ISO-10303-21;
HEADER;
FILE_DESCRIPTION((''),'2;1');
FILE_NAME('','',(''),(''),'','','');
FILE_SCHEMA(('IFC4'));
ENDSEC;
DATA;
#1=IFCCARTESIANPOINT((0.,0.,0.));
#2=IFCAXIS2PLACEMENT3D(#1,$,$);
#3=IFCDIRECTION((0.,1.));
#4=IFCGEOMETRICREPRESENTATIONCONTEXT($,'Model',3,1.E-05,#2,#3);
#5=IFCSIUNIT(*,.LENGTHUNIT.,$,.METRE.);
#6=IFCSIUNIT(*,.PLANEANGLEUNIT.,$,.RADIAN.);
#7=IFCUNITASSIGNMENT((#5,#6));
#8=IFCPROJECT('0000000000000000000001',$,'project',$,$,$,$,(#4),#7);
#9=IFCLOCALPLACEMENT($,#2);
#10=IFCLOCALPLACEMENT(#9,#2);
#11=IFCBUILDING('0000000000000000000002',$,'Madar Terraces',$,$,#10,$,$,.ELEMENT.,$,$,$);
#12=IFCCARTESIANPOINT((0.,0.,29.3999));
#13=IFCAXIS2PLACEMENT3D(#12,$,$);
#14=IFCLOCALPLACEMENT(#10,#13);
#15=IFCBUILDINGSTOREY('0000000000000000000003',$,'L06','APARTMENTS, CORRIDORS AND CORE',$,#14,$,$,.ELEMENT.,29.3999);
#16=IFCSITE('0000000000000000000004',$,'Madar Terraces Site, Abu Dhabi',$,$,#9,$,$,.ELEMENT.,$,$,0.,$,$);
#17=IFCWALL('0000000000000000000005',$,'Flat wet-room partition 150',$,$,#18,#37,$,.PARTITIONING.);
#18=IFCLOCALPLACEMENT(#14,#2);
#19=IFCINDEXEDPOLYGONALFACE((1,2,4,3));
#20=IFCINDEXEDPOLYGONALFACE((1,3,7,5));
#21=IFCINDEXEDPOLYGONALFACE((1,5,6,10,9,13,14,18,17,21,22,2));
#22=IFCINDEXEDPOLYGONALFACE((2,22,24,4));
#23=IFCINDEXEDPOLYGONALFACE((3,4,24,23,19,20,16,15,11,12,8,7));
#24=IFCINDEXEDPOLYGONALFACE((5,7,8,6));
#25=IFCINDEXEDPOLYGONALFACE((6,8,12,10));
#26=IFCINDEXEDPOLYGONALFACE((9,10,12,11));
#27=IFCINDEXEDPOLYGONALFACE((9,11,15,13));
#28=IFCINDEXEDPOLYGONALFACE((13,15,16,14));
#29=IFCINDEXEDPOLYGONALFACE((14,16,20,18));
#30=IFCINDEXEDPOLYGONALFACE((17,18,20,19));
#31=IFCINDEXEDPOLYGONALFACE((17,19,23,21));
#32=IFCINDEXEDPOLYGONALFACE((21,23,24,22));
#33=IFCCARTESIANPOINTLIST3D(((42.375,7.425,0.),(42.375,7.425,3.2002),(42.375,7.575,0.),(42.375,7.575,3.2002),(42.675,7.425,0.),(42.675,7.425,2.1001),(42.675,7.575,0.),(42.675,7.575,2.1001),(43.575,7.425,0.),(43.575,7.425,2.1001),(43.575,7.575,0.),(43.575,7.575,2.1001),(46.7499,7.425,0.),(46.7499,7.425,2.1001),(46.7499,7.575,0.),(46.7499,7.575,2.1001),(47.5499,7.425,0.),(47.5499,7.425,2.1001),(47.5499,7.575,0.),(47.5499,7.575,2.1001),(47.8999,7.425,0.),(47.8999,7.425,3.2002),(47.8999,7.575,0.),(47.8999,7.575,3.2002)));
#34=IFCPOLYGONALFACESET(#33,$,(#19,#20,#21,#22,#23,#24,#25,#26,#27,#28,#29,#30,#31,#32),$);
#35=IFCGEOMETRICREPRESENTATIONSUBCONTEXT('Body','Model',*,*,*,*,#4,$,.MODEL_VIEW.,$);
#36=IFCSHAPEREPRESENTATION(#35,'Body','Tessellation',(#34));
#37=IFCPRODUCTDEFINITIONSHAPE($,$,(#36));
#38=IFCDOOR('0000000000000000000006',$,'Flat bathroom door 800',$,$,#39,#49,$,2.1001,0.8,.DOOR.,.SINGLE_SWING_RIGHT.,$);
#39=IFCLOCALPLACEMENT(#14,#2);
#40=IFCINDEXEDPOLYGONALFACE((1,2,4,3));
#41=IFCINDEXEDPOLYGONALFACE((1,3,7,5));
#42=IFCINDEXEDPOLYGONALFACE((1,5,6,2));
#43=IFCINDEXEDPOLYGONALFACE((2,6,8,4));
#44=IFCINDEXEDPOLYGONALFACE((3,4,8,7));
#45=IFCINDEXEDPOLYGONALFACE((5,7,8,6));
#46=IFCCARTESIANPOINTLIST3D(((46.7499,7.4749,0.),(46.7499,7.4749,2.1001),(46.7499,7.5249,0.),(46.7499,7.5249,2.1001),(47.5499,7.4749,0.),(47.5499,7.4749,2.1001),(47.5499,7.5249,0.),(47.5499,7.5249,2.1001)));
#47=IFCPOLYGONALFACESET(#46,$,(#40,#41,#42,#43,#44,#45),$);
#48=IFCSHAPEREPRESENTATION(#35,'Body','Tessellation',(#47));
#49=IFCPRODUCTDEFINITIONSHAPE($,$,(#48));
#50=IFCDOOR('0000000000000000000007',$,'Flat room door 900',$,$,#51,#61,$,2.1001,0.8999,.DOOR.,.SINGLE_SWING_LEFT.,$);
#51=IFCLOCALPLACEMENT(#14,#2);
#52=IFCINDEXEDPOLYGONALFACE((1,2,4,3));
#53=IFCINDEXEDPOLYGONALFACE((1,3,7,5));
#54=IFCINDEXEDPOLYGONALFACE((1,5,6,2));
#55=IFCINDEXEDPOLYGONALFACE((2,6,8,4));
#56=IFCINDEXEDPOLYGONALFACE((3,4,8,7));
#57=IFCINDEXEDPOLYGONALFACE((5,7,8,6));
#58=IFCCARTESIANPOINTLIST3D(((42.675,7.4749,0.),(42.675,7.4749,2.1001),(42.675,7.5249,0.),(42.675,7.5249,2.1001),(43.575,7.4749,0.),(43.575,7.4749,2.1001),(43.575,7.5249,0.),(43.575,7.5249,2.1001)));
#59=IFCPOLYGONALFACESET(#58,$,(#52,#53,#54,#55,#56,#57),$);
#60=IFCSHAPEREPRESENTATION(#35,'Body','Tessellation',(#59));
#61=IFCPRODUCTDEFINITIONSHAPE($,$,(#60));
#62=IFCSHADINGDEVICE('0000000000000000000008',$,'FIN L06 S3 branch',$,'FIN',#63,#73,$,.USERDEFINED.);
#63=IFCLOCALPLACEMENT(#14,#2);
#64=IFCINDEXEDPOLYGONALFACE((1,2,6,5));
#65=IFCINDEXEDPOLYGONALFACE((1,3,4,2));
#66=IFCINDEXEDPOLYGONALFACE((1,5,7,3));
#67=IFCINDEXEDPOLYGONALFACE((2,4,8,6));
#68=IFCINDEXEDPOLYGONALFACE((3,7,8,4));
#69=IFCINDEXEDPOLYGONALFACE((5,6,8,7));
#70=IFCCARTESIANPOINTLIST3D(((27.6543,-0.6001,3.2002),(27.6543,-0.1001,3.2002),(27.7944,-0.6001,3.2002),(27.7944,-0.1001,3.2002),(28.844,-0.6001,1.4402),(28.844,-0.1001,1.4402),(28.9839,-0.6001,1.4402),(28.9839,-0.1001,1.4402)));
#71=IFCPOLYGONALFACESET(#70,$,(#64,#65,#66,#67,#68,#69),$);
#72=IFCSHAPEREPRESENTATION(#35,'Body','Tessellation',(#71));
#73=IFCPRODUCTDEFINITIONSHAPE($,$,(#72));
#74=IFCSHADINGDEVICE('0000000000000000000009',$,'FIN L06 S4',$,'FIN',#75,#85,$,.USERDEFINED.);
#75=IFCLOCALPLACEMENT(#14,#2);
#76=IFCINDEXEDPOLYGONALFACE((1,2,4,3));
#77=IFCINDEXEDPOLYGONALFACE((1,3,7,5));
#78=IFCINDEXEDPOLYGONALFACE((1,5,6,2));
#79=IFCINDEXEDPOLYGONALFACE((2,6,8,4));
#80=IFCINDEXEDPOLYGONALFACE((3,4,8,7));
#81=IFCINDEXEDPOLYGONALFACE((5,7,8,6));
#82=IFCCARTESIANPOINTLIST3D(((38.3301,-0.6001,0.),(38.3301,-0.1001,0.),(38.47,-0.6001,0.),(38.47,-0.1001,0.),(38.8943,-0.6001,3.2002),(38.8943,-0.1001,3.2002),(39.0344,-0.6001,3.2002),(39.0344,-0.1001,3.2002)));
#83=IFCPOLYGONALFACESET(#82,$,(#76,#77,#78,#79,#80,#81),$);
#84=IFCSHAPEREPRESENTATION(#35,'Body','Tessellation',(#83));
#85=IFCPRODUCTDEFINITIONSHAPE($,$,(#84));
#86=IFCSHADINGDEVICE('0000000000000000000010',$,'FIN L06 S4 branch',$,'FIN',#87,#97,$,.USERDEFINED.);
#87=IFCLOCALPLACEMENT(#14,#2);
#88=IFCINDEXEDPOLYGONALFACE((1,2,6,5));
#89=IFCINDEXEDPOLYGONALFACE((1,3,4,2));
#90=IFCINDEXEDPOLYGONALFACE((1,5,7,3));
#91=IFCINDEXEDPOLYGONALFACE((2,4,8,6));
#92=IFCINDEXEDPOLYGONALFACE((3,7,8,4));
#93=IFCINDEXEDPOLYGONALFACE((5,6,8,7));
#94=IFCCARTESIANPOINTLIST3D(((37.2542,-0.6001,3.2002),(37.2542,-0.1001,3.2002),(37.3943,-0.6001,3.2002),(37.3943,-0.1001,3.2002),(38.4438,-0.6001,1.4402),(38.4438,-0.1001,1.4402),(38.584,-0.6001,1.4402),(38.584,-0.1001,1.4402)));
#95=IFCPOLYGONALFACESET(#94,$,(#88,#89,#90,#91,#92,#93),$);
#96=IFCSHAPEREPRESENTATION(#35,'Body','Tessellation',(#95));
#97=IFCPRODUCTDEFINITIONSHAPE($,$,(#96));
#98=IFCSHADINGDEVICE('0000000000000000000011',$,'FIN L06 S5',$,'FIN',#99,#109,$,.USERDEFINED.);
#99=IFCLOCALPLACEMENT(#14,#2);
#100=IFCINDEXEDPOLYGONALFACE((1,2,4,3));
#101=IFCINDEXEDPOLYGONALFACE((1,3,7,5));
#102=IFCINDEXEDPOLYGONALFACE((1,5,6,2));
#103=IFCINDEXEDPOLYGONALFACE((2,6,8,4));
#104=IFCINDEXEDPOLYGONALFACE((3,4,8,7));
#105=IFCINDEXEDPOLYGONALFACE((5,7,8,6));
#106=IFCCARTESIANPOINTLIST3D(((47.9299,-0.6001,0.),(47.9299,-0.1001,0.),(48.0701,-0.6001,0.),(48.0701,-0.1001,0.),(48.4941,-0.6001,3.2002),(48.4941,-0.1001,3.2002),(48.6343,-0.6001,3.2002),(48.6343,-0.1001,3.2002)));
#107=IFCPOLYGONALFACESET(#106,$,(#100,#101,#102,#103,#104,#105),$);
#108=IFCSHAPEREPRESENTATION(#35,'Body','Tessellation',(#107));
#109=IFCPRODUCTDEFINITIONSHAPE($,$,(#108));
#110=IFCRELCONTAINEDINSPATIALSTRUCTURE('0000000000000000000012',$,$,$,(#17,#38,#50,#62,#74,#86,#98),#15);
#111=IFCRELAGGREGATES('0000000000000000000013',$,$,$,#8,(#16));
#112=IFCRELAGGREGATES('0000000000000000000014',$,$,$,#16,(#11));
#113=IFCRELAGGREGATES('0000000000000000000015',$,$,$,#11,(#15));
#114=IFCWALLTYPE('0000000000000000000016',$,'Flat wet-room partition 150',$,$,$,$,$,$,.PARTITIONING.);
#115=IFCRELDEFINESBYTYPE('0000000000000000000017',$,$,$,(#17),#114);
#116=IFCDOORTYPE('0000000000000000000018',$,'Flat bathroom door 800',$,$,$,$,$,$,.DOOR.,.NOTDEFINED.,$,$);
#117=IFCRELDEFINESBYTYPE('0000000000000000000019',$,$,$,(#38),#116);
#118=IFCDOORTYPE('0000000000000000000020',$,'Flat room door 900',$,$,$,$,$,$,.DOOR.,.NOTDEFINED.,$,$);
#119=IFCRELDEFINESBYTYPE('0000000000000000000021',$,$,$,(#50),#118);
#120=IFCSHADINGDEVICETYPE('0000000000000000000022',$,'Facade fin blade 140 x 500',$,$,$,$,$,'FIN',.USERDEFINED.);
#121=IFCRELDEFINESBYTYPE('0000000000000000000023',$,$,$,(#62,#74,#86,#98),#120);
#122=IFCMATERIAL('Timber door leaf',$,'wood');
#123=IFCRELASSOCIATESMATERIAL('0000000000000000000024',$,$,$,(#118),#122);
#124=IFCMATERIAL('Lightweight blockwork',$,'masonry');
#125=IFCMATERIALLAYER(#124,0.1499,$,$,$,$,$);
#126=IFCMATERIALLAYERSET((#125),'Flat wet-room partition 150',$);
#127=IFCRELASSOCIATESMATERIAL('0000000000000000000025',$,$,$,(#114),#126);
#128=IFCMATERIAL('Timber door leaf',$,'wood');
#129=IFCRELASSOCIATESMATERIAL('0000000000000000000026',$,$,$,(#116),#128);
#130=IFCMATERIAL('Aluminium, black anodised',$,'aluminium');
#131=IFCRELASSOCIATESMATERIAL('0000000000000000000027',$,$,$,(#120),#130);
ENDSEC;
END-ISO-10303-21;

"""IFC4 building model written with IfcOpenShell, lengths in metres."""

from ifc_helpers import new_model, si_unit, direction, frame, frame_2d, origin, place, context, subcontext, project, spatial, polyline, rectangle, outline, extrude, material, layer, layer_set, type_object, element, fill, save


model = new_model("IFC4")

# Units and contexts
model_context = context("Model", 3, precision=1e-05, world=origin(), true_north=direction((0.0, 1.0)))
body_context = subcontext(model_context, "Body", "Model", "MODEL_VIEW")
ifc_project = project(units=[si_unit("LENGTHUNIT", "METRE"), si_unit("PLANEANGLEUNIT", "RADIAN")], contexts=[model_context])

# Site, building, storey
site_placement = place(None, origin())
site = spatial("IfcSite", under=ifc_project, at=site_placement, Name="Madar Terraces Site, Abu Dhabi", CompositionType="ELEMENT", RefElevation=0.0)
building_placement = place(site_placement, origin())
building = spatial("IfcBuilding", under=site, at=building_placement, Name="Madar Terraces", CompositionType="ELEMENT")
storey_placement = place(building_placement, frame((0.0, 0.0, 29.3999)))
storey = spatial("IfcBuildingStorey", under=building, at=storey_placement, Name="L06", Description="APARTMENTS, CORRIDORS AND CORE", CompositionType="ELEMENT", Elevation=29.3999)

# Shared definitions
ifc_material_1 = material(Name="Timber door leaf", Category="wood")
door_type_1 = type_object("IfcDoorType", Name="Flat room door 900", OperationType="NOTDEFINED", PredefinedType="DOOR", material=ifc_material_1)

# Shared definitions
ifc_material_2 = material(Name="Lightweight blockwork", Category="masonry")
ifc_layer_1 = layer(ifc_material_2, 0.1499)
ifc_layer_set_1 = layer_set([ifc_layer_1], Name="Flat wet-room partition 150")
wall_type_1 = type_object("IfcWallType", Name="Flat wet-room partition 150", PredefinedType="PARTITIONING", material=ifc_layer_set_1)

# Wall, openings, doors
wall_1_placement = place(storey_placement, frame((42.375, 7.5, 0.0), z_axis=(0.0, 0.0, 1.0), x_axis=(1.0, 0.0, 0.0)))
wall_1 = element("IfcWall", 1, at=wall_1_placement, inside=storey, type_object=wall_type_1, Name="Flat wet-room partition 150", PredefinedType="PARTITIONING", context=body_context, shape_type="SweptSolid", body=[
    extrude(rectangle(XDim=5.5249, YDim=0.1499, at=frame_2d((2.7625, 0.0))), origin(), (0.0, 0.0, 1.0), 3.2002),
])
opening_1_placement = place(wall_1_placement, frame((0.3, 0.0, 0.0)))
opening_1 = element("IfcOpeningElement", 2, at=opening_1_placement, cuts=wall_1, PredefinedType="OPENING", context=body_context, shape_type="SweptSolid", body=[
    extrude(rectangle(XDim=0.8999, YDim=2.1001, at=frame_2d((0.45, 1.05))), frame((0.0, 0.085, 0.0), z_axis=(0.0, -1.0, 0.0), x_axis=(1.0, 0.0, 0.0)), (0.0, 0.0, 1.0), 0.1699),
])
opening_2_placement = place(wall_1_placement, frame((4.375, 0.0, 0.0)))
opening_2 = element("IfcOpeningElement", 3, at=opening_2_placement, cuts=wall_1, PredefinedType="OPENING", context=body_context, shape_type="SweptSolid", body=[
    extrude(rectangle(XDim=0.8, YDim=2.1001, at=frame_2d((0.3999, 1.05))), frame((0.0, 0.085, 0.0), z_axis=(0.0, -1.0, 0.0), x_axis=(1.0, 0.0, 0.0)), (0.0, 0.0, 1.0), 0.1699),
])
ifc_material_3 = material(Name="Timber door leaf", Category="wood")
door_type_2 = type_object("IfcDoorType", Name="Flat bathroom door 800", OperationType="NOTDEFINED", PredefinedType="DOOR", material=ifc_material_3)
door_1_placement = place(opening_2_placement, origin())
door_1 = element("IfcDoor", 4, at=door_1_placement, inside=storey, type_object=door_type_2, Name="Flat bathroom door 800", OperationType="SINGLE_SWING_RIGHT", OverallHeight=2.1001, OverallWidth=0.8, PredefinedType="DOOR", context=body_context, shape_type="SweptSolid", body=[
    extrude(rectangle(XDim=0.8, YDim=2.1001, at=frame_2d((0.3999, 1.05))), frame((0.0, 0.0249, 0.0), z_axis=(0.0, -1.0, 0.0), x_axis=(1.0, 0.0, 0.0)), (0.0, 0.0, 1.0), 0.05),
])
fill(opening_2, door_1)
door_2_placement = place(opening_1_placement, origin())
door_2 = element("IfcDoor", 5, at=door_2_placement, inside=storey, type_object=door_type_1, Name="Flat room door 900", OperationType="SINGLE_SWING_LEFT", OverallHeight=2.1001, OverallWidth=0.8999, PredefinedType="DOOR", context=body_context, shape_type="SweptSolid", body=[
    extrude(rectangle(XDim=0.8999, YDim=2.1001, at=frame_2d((0.45, 1.05))), frame((0.0, 0.0249, 0.0), z_axis=(0.0, -1.0, 0.0), x_axis=(1.0, 0.0, 0.0)), (0.0, 0.0, 1.0), 0.05),
])
fill(opening_1, door_2)

# Shading devices
ifc_material_4 = material(Name="Aluminium, black anodised", Category="aluminium")
shading_device_type = type_object("IfcShadingDeviceType", Name="Facade fin blade 140 x 500", ElementType="FIN", PredefinedType="USERDEFINED", material=ifc_material_4)
shading_device_1_placement = place(storey_placement, frame((28.844, -0.3501, 1.4402), z_axis=(0.0, 0.0, 1.0), x_axis=(1.0, 0.0, 0.0)))
element("IfcShadingDevice", 6, at=shading_device_1_placement, inside=storey, type_object=shading_device_type, Name="FIN L06 S3 branch", ObjectType="FIN", PredefinedType="USERDEFINED", context=body_context, shape_type="SweptSolid", body=[
    extrude(outline(polyline([(0.0, 0.0), (0.1399, 0.0), (-1.0496, 1.76), (-1.1897, 1.76), (0.0, 0.0)])), frame((0.0, 0.25, 0.0), z_axis=(0.0, -1.0, 0.0), x_axis=(1.0, 0.0, 0.0)), (0.0, 0.0, 1.0), 0.5),
])
shading_device_2_placement = place(storey_placement, frame((38.3301, -0.3501, 0.0), z_axis=(0.0, 0.0, 1.0), x_axis=(1.0, 0.0, 0.0)))
element("IfcShadingDevice", 7, at=shading_device_2_placement, inside=storey, type_object=shading_device_type, Name="FIN L06 S4", ObjectType="FIN", PredefinedType="USERDEFINED", context=body_context, shape_type="SweptSolid", body=[
    extrude(outline(polyline([(0.0, 0.0), (0.1399, 0.0), (0.7043, 3.2002), (0.5642, 3.2002), (0.0, 0.0)])), frame((0.0, 0.25, 0.0), z_axis=(0.0, -1.0, 0.0), x_axis=(1.0, 0.0, 0.0)), (0.0, 0.0, 1.0), 0.5),
])
shading_device_3_placement = place(storey_placement, frame((38.4438, -0.3501, 1.4402), z_axis=(0.0, 0.0, 1.0), x_axis=(1.0, 0.0, 0.0)))
element("IfcShadingDevice", 8, at=shading_device_3_placement, inside=storey, type_object=shading_device_type, Name="FIN L06 S4 branch", ObjectType="FIN", PredefinedType="USERDEFINED", context=body_context, shape_type="SweptSolid", body=[
    extrude(outline(polyline([(0.0, 0.0), (0.1401, 0.0), (-1.0496, 1.76), (-1.1897, 1.76), (0.0, 0.0)])), frame((0.0, 0.25, 0.0), z_axis=(0.0, -1.0, 0.0), x_axis=(1.0, 0.0, 0.0)), (0.0, 0.0, 1.0), 0.5),
])
shading_device_4_placement = place(storey_placement, frame((47.9299, -0.3501, 0.0), z_axis=(0.0, 0.0, 1.0), x_axis=(1.0, 0.0, 0.0)))
element("IfcShadingDevice", 9, at=shading_device_4_placement, inside=storey, type_object=shading_device_type, Name="FIN L06 S5", ObjectType="FIN", PredefinedType="USERDEFINED", context=body_context, shape_type="SweptSolid", body=[
    extrude(outline(polyline([(0.0, 0.0), (0.1401, 0.0), (0.7043, 3.2002), (0.5642, 3.2002), (0.0, 0.0)])), frame((0.0, 0.25, 0.0), z_axis=(0.0, -1.0, 0.0), x_axis=(1.0, 0.0, 0.0)), (0.0, 0.0, 1.0), 0.5),
])

save(model, "model.ifc")
